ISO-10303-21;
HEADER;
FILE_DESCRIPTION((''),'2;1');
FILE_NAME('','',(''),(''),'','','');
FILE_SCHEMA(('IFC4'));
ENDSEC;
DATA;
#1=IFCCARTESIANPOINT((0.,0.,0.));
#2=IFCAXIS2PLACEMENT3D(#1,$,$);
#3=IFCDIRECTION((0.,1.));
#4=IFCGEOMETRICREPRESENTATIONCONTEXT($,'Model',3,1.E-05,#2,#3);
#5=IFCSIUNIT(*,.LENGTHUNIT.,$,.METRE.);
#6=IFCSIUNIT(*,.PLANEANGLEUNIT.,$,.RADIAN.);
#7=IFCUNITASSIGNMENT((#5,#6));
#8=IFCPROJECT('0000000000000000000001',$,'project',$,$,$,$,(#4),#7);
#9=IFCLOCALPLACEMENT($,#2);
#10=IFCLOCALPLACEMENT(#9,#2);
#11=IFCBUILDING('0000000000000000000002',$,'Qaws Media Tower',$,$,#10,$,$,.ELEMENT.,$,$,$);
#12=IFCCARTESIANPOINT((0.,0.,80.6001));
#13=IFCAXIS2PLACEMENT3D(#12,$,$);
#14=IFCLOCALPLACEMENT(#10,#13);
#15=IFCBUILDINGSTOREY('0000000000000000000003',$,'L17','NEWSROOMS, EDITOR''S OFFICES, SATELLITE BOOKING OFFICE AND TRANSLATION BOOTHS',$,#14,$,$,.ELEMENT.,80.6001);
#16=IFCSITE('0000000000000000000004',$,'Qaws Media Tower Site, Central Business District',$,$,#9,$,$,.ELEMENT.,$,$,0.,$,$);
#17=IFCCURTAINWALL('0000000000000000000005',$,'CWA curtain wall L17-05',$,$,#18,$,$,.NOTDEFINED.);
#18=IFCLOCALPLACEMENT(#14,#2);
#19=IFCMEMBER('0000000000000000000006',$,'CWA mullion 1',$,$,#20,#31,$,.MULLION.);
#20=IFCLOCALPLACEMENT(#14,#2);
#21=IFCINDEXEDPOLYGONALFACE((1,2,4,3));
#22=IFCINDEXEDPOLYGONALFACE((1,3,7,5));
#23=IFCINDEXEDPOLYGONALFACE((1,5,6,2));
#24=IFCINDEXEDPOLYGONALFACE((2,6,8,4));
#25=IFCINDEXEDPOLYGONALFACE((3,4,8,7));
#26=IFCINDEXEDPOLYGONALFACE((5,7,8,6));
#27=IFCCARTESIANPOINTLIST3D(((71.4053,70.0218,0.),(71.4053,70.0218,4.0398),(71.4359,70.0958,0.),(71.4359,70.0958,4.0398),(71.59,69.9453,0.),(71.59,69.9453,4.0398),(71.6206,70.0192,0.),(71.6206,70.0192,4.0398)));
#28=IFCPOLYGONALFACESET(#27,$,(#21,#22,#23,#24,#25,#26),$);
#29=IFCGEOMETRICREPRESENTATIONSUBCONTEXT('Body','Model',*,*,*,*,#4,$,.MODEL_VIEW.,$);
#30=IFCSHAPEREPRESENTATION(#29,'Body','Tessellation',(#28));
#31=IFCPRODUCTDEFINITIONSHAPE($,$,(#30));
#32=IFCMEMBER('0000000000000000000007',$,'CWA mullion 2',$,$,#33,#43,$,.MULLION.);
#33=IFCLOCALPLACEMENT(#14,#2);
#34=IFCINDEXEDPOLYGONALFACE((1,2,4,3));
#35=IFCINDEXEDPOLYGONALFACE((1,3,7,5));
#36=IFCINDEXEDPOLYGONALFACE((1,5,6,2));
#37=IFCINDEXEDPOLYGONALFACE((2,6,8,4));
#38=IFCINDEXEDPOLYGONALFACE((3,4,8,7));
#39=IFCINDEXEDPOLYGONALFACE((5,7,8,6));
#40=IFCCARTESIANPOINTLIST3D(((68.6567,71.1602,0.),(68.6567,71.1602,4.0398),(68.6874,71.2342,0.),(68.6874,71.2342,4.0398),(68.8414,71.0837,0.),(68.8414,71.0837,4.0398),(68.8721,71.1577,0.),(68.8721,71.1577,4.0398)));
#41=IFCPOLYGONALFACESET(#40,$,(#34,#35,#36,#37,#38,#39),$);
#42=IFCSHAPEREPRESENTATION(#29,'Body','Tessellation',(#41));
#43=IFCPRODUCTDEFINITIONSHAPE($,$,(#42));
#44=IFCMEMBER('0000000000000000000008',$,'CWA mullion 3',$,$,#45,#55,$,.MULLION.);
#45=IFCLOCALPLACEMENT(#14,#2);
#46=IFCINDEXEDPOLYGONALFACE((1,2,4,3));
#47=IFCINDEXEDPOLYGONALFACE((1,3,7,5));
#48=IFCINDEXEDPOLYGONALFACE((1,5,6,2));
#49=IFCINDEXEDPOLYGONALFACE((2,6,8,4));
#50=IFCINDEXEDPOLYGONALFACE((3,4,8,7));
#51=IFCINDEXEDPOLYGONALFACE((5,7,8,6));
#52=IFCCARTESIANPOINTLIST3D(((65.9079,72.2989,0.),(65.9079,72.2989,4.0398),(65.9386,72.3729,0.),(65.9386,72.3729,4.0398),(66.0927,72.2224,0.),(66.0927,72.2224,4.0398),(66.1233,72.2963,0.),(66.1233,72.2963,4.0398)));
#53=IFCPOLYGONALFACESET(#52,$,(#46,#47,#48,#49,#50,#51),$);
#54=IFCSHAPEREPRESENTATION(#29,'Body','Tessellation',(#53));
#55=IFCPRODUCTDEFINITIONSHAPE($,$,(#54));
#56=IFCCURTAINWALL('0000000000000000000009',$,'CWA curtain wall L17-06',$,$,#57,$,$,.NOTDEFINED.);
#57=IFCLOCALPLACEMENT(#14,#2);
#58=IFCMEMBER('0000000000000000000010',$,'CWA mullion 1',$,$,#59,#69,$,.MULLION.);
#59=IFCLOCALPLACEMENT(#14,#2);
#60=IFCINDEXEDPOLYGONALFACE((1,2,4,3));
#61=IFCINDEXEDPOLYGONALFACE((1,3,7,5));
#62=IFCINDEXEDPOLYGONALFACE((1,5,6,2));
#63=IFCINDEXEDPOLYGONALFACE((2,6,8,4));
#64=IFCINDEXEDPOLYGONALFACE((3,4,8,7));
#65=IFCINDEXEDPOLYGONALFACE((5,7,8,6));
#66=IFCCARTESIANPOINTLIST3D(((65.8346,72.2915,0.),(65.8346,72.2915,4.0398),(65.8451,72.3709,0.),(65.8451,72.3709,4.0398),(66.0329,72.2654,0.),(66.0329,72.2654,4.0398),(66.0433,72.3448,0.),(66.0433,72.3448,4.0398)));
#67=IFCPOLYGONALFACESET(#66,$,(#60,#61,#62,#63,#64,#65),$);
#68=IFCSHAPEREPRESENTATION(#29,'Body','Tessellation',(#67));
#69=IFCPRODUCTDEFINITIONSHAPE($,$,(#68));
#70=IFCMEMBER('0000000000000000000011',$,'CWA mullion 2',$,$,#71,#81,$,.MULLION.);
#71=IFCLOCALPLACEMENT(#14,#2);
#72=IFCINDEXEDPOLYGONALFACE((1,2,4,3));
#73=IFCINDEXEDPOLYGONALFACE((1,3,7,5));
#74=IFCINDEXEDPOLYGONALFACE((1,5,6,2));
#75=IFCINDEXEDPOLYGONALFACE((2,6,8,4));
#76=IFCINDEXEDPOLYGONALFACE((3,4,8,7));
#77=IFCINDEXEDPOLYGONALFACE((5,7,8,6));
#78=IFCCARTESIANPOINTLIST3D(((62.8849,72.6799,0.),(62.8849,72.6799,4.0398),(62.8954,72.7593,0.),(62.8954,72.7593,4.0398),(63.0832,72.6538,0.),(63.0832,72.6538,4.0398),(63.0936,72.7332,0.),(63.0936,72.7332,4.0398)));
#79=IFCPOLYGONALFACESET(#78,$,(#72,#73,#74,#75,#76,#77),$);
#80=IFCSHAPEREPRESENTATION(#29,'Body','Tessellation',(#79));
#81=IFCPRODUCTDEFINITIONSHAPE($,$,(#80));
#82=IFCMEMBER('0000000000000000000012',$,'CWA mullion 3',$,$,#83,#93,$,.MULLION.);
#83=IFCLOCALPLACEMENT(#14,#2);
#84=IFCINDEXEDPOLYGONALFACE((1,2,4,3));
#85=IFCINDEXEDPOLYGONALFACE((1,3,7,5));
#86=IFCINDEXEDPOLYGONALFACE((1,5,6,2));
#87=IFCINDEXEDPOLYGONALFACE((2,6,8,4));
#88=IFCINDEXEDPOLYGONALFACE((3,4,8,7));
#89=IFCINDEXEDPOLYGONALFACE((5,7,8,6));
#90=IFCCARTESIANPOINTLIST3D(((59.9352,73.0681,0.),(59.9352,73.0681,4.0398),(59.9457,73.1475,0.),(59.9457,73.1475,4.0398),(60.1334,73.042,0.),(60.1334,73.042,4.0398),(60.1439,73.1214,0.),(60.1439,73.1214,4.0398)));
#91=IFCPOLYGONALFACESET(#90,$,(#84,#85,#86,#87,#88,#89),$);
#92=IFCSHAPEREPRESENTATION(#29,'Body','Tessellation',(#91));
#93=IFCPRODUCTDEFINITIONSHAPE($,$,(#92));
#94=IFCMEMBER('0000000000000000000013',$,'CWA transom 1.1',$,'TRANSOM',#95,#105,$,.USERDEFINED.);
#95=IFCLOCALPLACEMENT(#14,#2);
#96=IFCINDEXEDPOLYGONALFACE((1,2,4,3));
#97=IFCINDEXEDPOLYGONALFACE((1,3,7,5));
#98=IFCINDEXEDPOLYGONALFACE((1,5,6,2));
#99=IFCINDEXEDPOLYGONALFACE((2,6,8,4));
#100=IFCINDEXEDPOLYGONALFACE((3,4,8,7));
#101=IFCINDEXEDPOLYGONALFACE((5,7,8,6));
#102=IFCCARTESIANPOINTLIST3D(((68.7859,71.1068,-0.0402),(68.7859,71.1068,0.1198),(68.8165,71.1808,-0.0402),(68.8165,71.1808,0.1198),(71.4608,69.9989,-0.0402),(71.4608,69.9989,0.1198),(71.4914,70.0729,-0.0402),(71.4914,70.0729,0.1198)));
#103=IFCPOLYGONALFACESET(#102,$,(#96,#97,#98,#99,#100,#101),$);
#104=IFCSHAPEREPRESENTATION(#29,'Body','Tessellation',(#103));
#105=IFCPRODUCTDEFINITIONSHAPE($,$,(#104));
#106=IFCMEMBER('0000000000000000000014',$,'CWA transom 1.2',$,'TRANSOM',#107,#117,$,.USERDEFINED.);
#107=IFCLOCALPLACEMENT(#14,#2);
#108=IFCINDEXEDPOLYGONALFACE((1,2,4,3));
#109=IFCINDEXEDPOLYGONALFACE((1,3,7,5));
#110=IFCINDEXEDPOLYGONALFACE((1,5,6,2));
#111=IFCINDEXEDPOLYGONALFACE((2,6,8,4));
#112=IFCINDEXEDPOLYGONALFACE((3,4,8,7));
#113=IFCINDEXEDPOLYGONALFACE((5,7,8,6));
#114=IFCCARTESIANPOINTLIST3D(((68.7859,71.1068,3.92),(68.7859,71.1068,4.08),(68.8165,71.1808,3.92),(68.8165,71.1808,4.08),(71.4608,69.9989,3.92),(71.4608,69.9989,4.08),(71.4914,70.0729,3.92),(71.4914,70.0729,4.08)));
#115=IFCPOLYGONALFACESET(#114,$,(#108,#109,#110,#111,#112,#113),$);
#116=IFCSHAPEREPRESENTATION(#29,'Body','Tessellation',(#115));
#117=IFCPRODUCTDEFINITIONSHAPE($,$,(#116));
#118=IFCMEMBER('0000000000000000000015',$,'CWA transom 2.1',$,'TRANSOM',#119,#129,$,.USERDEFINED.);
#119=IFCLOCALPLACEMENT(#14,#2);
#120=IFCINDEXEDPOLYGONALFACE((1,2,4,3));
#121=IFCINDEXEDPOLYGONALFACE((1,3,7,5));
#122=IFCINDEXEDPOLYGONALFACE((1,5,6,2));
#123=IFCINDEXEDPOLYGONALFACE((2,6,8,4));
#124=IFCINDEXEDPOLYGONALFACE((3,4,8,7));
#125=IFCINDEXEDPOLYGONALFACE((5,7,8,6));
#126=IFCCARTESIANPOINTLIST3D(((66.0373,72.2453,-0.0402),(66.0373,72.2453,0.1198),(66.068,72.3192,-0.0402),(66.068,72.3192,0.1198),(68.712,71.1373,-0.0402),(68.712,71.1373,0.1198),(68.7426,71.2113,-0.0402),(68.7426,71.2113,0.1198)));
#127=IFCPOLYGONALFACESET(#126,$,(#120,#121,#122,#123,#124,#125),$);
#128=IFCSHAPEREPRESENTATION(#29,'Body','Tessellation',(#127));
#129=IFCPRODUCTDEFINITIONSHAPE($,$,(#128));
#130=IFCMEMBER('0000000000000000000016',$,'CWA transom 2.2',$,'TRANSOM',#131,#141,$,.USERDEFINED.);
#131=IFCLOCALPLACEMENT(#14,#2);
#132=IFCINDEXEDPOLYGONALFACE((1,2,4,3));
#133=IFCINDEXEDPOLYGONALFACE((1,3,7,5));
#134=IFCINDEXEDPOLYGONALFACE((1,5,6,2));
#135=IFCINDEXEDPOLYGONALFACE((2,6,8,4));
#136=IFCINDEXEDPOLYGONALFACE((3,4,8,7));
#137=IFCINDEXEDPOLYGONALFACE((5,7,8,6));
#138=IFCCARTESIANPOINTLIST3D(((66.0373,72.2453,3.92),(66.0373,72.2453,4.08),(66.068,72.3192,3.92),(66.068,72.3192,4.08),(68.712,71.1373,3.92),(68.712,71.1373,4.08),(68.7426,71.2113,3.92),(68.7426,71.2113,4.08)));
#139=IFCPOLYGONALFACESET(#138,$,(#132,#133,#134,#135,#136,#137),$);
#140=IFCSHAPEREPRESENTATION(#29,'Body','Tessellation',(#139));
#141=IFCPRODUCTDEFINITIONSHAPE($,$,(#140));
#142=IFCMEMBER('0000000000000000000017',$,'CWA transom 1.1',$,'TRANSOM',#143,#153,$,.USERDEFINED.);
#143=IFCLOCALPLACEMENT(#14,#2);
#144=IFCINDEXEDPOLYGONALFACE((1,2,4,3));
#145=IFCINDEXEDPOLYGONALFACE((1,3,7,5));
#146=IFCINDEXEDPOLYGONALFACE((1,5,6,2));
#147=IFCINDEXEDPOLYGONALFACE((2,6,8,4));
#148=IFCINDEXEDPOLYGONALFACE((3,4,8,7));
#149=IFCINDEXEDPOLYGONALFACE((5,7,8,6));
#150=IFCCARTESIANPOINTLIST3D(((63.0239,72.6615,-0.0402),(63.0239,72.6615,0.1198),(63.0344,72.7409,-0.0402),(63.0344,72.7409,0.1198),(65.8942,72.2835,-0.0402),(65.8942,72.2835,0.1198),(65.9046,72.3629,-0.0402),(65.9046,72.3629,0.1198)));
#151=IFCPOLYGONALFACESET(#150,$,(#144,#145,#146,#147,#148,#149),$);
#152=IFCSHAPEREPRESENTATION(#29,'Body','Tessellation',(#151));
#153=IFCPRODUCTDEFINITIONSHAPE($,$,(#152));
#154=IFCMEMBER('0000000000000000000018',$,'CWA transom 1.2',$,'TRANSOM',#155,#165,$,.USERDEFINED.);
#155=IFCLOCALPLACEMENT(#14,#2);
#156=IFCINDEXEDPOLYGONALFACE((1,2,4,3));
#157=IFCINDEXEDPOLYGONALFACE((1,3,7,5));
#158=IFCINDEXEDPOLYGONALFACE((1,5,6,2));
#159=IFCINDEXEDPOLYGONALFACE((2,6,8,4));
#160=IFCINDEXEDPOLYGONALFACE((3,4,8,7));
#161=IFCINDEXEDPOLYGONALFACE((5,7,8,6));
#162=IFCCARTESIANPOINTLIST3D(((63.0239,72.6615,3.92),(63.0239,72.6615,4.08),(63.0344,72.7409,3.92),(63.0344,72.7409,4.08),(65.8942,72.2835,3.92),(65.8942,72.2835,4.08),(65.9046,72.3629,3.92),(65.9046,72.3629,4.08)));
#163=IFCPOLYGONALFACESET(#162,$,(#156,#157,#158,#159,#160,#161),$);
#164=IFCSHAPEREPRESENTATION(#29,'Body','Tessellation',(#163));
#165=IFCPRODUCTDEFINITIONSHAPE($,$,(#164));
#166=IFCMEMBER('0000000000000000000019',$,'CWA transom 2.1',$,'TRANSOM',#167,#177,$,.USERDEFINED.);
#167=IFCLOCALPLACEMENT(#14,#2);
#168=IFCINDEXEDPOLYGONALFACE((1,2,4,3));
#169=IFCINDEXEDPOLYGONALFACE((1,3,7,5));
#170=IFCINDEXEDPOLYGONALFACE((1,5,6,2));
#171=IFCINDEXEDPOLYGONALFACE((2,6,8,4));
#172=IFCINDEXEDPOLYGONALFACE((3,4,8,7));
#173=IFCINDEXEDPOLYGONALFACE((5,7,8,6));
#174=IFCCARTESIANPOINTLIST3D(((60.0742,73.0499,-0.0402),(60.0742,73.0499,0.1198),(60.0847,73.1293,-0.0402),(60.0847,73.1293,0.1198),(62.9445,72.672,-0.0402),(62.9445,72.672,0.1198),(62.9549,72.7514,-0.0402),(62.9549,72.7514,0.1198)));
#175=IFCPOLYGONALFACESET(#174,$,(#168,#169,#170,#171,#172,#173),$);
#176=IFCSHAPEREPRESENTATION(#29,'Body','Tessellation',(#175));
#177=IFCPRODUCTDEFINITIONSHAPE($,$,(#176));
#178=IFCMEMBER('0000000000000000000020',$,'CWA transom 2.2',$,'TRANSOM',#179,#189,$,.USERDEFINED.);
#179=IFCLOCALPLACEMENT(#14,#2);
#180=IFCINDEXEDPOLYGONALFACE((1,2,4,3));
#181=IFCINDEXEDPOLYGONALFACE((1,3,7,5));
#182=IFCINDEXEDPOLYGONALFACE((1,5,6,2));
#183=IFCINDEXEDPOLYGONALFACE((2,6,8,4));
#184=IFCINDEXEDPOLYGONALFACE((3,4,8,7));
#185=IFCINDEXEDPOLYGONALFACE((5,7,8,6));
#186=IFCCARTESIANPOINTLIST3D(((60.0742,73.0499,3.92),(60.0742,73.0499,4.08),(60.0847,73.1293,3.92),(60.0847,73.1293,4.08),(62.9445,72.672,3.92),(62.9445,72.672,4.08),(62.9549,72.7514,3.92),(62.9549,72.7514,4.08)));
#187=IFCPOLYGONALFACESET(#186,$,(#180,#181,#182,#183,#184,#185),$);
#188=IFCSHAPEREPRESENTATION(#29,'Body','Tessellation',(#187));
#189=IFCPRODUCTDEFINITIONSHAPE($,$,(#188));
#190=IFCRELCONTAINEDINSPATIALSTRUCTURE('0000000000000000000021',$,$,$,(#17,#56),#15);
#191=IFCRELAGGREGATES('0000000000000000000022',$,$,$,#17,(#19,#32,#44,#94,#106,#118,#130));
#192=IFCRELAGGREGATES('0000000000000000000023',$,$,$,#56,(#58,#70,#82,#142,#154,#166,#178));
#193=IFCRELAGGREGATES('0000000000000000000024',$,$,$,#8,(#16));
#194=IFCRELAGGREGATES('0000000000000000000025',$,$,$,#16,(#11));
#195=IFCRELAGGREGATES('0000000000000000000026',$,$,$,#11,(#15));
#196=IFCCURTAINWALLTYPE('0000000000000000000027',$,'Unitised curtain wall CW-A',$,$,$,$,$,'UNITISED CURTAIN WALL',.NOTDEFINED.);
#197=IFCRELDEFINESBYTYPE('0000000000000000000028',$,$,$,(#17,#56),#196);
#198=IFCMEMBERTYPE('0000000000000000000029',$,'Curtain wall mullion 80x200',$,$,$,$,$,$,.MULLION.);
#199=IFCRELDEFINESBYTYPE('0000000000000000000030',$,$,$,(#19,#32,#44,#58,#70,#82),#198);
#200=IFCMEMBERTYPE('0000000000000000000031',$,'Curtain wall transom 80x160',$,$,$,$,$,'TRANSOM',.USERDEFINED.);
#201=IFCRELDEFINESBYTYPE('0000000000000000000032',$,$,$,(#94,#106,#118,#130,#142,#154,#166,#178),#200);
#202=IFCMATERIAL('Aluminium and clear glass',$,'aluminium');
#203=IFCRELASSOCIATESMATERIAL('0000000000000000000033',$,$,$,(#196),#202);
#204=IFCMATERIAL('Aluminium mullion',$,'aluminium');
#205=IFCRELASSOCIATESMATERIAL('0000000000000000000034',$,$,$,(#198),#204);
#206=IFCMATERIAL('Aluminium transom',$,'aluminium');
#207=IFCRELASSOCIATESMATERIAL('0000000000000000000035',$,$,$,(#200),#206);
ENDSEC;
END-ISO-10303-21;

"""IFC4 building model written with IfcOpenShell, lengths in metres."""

from ifc_helpers import new_model, si_unit, direction, frame, origin, origin_2d, place, context, subcontext, project, spatial, rectangle, extrude, material, material_profile, profile_set, type_object, element, aggregate, save


model = new_model("IFC4")

# Units and contexts
model_context = context("Model", 3, precision=1e-05, world=origin(), true_north=direction((0.0, 1.0)))
body_context = subcontext(model_context, "Body", "Model", "MODEL_VIEW")
ifc_project = project(units=[si_unit("LENGTHUNIT", "METRE"), si_unit("PLANEANGLEUNIT", "RADIAN")], contexts=[model_context])

# Site, building, storey
site_placement = place(None, origin())
site = spatial("IfcSite", under=ifc_project, at=site_placement, Name="Qaws Media Tower Site, Central Business District", CompositionType="ELEMENT", RefElevation=0.0)
building_placement = place(site_placement, origin())
building = spatial("IfcBuilding", under=site, at=building_placement, Name="Qaws Media Tower", CompositionType="ELEMENT")
storey_placement = place(building_placement, frame((0.0, 0.0, 80.6001)))
storey = spatial("IfcBuildingStorey", under=building, at=storey_placement, Name="L17", Description="NEWSROOMS, EDITOR'S OFFICES, SATELLITE BOOKING OFFICE AND TRANSLATION BOOTHS", CompositionType="ELEMENT", Elevation=80.6001)

# Curtain walls, members
ifc_material_1 = material(Name="Aluminium and clear glass", Category="aluminium")
curtain_wall_type = type_object("IfcCurtainWallType", Name="Unitised curtain wall CW-A", ElementType="UNITISED CURTAIN WALL", PredefinedType="NOTDEFINED", material=ifc_material_1)
curtain_wall_1_placement = place(storey_placement, origin())
curtain_wall_1 = element("IfcCurtainWall", 1, at=curtain_wall_1_placement, inside=storey, type_object=curtain_wall_type, Name="CWA curtain wall L17-05", PredefinedType="NOTDEFINED")
ifc_material_2 = material(Name="Aluminium mullion", Category="aluminium")
ifc_material_profile_1 = material_profile(ifc_material_2, rectangle(XDim=0.0801, YDim=0.2, at=origin_2d()), Name="80x200")
ifc_profile_set_1 = profile_set([ifc_material_profile_1], Name="Aluminium mullion")
member_type_1 = type_object("IfcMemberType", Name="Curtain wall mullion 80x200", PredefinedType="MULLION", material=ifc_profile_set_1)
member_1_placement = place(storey_placement, frame((71.5129, 70.0205, 0.0), z_axis=(0.0, 0.0, 1.0), x_axis=(-0.382683, -0.92388, 0.0)))
member_1 = element("IfcMember", 2, at=member_1_placement, type_object=member_type_1, Name="CWA mullion 1", PredefinedType="MULLION", context=body_context, shape_type="SweptSolid", body=[
    extrude(rectangle(XDim=0.0801, YDim=0.2, at=origin_2d()), origin(), (0.0, 0.0, 1.0), 4.0398),
])
member_2_placement = place(storey_placement, frame((68.7644, 71.1589, 0.0), z_axis=(0.0, 0.0, 1.0), x_axis=(-0.382683, -0.92388, 0.0)))
member_2 = element("IfcMember", 3, at=member_2_placement, type_object=member_type_1, Name="CWA mullion 2", PredefinedType="MULLION", context=body_context, shape_type="SweptSolid", body=[
    extrude(rectangle(XDim=0.0801, YDim=0.2, at=origin_2d()), origin(), (0.0, 0.0, 1.0), 4.0398),
])
member_3_placement = place(storey_placement, frame((66.0156, 72.2976, 0.0), z_axis=(0.0, 0.0, 1.0), x_axis=(-0.382683, -0.92388, 0.0)))
member_3 = element("IfcMember", 4, at=member_3_placement, type_object=member_type_1, Name="CWA mullion 3", PredefinedType="MULLION", context=body_context, shape_type="SweptSolid", body=[
    extrude(rectangle(XDim=0.0801, YDim=0.2, at=origin_2d()), origin(), (0.0, 0.0, 1.0), 4.0398),
])
curtain_wall_2_placement = place(storey_placement, origin())
curtain_wall_2 = element("IfcCurtainWall", 5, at=curtain_wall_2_placement, inside=storey, type_object=curtain_wall_type, Name="CWA curtain wall L17-06", PredefinedType="NOTDEFINED")
member_4_placement = place(storey_placement, frame((65.939, 72.3181, 0.0), z_axis=(0.0, 0.0, 1.0), x_axis=(-0.130526, -0.991445, 0.0)))
member_4 = element("IfcMember", 6, at=member_4_placement, type_object=member_type_1, Name="CWA mullion 1", PredefinedType="MULLION", context=body_context, shape_type="SweptSolid", body=[
    extrude(rectangle(XDim=0.0801, YDim=0.2, at=origin_2d()), origin(), (0.0, 0.0, 1.0), 4.0398),
])
member_5_placement = place(storey_placement, frame((62.9893, 72.7065, 0.0), z_axis=(0.0, 0.0, 1.0), x_axis=(-0.130526, -0.991445, 0.0)))
member_5 = element("IfcMember", 7, at=member_5_placement, type_object=member_type_1, Name="CWA mullion 2", PredefinedType="MULLION", context=body_context, shape_type="SweptSolid", body=[
    extrude(rectangle(XDim=0.0801, YDim=0.2, at=origin_2d()), origin(), (0.0, 0.0, 1.0), 4.0398),
])
member_6_placement = place(storey_placement, frame((60.0396, 73.0947, 0.0), z_axis=(0.0, 0.0, 1.0), x_axis=(-0.130526, -0.991445, 0.0)))
member_6 = element("IfcMember", 8, at=member_6_placement, type_object=member_type_1, Name="CWA mullion 3", PredefinedType="MULLION", context=body_context, shape_type="SweptSolid", body=[
    extrude(rectangle(XDim=0.0801, YDim=0.2, at=origin_2d()), origin(), (0.0, 0.0, 1.0), 4.0398),
])

# Members
ifc_material_3 = material(Name="Aluminium transom", Category="aluminium")
ifc_material_profile_2 = material_profile(ifc_material_3, rectangle(XDim=0.0801, YDim=0.1599, at=origin_2d()), Name="80x160")
ifc_profile_set_2 = profile_set([ifc_material_profile_2], Name="Aluminium transom")
member_type_2 = type_object("IfcMemberType", Name="Curtain wall transom 80x160", ElementType="TRANSOM", PredefinedType="USERDEFINED", material=ifc_profile_set_2)
member_7_placement = place(storey_placement, frame((71.4761, 70.0359, 0.0398), z_axis=(-0.923883, 0.382675, 0.0), x_axis=(-0.382675, -0.923883, 0.0)))
member_7 = element("IfcMember", 9, at=member_7_placement, type_object=member_type_2, Name="CWA transom 1.1", ObjectType="TRANSOM", PredefinedType="USERDEFINED", context=body_context, shape_type="SweptSolid", body=[
    extrude(rectangle(XDim=0.0801, YDim=0.1599, at=origin_2d()), origin(), (0.0, 0.0, 1.0), 2.8953),
])
member_8_placement = place(storey_placement, frame((71.4761, 70.0359, 4.0), z_axis=(-0.923883, 0.382675, 0.0), x_axis=(-0.382675, -0.923883, 0.0)))
member_8 = element("IfcMember", 10, at=member_8_placement, type_object=member_type_2, Name="CWA transom 1.2", ObjectType="TRANSOM", PredefinedType="USERDEFINED", context=body_context, shape_type="SweptSolid", body=[
    extrude(rectangle(XDim=0.0801, YDim=0.1599, at=origin_2d()), origin(), (0.0, 0.0, 1.0), 2.8953),
])
member_9_placement = place(storey_placement, frame((68.7273, 71.1743, 0.0398), z_axis=(-0.923871, 0.382704, 0.0), x_axis=(-0.382704, -0.923871, 0.0)))
member_9 = element("IfcMember", 11, at=member_9_placement, type_object=member_type_2, Name="CWA transom 2.1", ObjectType="TRANSOM", PredefinedType="USERDEFINED", context=body_context, shape_type="SweptSolid", body=[
    extrude(rectangle(XDim=0.0801, YDim=0.1599, at=origin_2d()), origin(), (0.0, 0.0, 1.0), 2.895),
])
member_10_placement = place(storey_placement, frame((68.7273, 71.1743, 4.0), z_axis=(-0.923871, 0.382704, 0.0), x_axis=(-0.382704, -0.923871, 0.0)))
member_10 = element("IfcMember", 12, at=member_10_placement, type_object=member_type_2, Name="CWA transom 2.2", ObjectType="TRANSOM", PredefinedType="USERDEFINED", context=body_context, shape_type="SweptSolid", body=[
    extrude(rectangle(XDim=0.0801, YDim=0.1599, at=origin_2d()), origin(), (0.0, 0.0, 1.0), 2.895),
])
member_11_placement = place(storey_placement, frame((65.8994, 72.3232, 0.0398), z_axis=(-0.991443, 0.13054, 0.0), x_axis=(-0.13054, -0.991443, 0.0)))
member_11 = element("IfcMember", 13, at=member_11_placement, type_object=member_type_2, Name="CWA transom 1.1", ObjectType="TRANSOM", PredefinedType="USERDEFINED", context=body_context, shape_type="SweptSolid", body=[
    extrude(rectangle(XDim=0.0801, YDim=0.1599, at=origin_2d()), origin(), (0.0, 0.0, 1.0), 2.895),
])
member_12_placement = place(storey_placement, frame((65.8994, 72.3232, 4.0), z_axis=(-0.991443, 0.13054, 0.0), x_axis=(-0.13054, -0.991443, 0.0)))
member_12 = element("IfcMember", 14, at=member_12_placement, type_object=member_type_2, Name="CWA transom 1.2", ObjectType="TRANSOM", PredefinedType="USERDEFINED", context=body_context, shape_type="SweptSolid", body=[
    extrude(rectangle(XDim=0.0801, YDim=0.1599, at=origin_2d()), origin(), (0.0, 0.0, 1.0), 2.895),
])
member_13_placement = place(storey_placement, frame((62.9497, 72.7117, 0.0398), z_axis=(-0.991443, 0.13054, 0.0), x_axis=(-0.13054, -0.991443, 0.0)))
member_13 = element("IfcMember", 15, at=member_13_placement, type_object=member_type_2, Name="CWA transom 2.1", ObjectType="TRANSOM", PredefinedType="USERDEFINED", context=body_context, shape_type="SweptSolid", body=[
    extrude(rectangle(XDim=0.0801, YDim=0.1599, at=origin_2d()), origin(), (0.0, 0.0, 1.0), 2.895),
])
member_14_placement = place(storey_placement, frame((62.9497, 72.7117, 4.0), z_axis=(-0.991443, 0.13054, 0.0), x_axis=(-0.13054, -0.991443, 0.0)))
member_14 = element("IfcMember", 16, at=member_14_placement, type_object=member_type_2, Name="CWA transom 2.2", ObjectType="TRANSOM", PredefinedType="USERDEFINED", context=body_context, shape_type="SweptSolid", body=[
    extrude(rectangle(XDim=0.0801, YDim=0.1599, at=origin_2d()), origin(), (0.0, 0.0, 1.0), 2.895),
])

aggregate(curtain_wall_1, [member_1, member_2, member_3, member_7, member_8, member_9, member_10])
aggregate(curtain_wall_2, [member_4, member_5, member_6, member_11, member_12, member_13, member_14])

save(model, "model.ifc")
